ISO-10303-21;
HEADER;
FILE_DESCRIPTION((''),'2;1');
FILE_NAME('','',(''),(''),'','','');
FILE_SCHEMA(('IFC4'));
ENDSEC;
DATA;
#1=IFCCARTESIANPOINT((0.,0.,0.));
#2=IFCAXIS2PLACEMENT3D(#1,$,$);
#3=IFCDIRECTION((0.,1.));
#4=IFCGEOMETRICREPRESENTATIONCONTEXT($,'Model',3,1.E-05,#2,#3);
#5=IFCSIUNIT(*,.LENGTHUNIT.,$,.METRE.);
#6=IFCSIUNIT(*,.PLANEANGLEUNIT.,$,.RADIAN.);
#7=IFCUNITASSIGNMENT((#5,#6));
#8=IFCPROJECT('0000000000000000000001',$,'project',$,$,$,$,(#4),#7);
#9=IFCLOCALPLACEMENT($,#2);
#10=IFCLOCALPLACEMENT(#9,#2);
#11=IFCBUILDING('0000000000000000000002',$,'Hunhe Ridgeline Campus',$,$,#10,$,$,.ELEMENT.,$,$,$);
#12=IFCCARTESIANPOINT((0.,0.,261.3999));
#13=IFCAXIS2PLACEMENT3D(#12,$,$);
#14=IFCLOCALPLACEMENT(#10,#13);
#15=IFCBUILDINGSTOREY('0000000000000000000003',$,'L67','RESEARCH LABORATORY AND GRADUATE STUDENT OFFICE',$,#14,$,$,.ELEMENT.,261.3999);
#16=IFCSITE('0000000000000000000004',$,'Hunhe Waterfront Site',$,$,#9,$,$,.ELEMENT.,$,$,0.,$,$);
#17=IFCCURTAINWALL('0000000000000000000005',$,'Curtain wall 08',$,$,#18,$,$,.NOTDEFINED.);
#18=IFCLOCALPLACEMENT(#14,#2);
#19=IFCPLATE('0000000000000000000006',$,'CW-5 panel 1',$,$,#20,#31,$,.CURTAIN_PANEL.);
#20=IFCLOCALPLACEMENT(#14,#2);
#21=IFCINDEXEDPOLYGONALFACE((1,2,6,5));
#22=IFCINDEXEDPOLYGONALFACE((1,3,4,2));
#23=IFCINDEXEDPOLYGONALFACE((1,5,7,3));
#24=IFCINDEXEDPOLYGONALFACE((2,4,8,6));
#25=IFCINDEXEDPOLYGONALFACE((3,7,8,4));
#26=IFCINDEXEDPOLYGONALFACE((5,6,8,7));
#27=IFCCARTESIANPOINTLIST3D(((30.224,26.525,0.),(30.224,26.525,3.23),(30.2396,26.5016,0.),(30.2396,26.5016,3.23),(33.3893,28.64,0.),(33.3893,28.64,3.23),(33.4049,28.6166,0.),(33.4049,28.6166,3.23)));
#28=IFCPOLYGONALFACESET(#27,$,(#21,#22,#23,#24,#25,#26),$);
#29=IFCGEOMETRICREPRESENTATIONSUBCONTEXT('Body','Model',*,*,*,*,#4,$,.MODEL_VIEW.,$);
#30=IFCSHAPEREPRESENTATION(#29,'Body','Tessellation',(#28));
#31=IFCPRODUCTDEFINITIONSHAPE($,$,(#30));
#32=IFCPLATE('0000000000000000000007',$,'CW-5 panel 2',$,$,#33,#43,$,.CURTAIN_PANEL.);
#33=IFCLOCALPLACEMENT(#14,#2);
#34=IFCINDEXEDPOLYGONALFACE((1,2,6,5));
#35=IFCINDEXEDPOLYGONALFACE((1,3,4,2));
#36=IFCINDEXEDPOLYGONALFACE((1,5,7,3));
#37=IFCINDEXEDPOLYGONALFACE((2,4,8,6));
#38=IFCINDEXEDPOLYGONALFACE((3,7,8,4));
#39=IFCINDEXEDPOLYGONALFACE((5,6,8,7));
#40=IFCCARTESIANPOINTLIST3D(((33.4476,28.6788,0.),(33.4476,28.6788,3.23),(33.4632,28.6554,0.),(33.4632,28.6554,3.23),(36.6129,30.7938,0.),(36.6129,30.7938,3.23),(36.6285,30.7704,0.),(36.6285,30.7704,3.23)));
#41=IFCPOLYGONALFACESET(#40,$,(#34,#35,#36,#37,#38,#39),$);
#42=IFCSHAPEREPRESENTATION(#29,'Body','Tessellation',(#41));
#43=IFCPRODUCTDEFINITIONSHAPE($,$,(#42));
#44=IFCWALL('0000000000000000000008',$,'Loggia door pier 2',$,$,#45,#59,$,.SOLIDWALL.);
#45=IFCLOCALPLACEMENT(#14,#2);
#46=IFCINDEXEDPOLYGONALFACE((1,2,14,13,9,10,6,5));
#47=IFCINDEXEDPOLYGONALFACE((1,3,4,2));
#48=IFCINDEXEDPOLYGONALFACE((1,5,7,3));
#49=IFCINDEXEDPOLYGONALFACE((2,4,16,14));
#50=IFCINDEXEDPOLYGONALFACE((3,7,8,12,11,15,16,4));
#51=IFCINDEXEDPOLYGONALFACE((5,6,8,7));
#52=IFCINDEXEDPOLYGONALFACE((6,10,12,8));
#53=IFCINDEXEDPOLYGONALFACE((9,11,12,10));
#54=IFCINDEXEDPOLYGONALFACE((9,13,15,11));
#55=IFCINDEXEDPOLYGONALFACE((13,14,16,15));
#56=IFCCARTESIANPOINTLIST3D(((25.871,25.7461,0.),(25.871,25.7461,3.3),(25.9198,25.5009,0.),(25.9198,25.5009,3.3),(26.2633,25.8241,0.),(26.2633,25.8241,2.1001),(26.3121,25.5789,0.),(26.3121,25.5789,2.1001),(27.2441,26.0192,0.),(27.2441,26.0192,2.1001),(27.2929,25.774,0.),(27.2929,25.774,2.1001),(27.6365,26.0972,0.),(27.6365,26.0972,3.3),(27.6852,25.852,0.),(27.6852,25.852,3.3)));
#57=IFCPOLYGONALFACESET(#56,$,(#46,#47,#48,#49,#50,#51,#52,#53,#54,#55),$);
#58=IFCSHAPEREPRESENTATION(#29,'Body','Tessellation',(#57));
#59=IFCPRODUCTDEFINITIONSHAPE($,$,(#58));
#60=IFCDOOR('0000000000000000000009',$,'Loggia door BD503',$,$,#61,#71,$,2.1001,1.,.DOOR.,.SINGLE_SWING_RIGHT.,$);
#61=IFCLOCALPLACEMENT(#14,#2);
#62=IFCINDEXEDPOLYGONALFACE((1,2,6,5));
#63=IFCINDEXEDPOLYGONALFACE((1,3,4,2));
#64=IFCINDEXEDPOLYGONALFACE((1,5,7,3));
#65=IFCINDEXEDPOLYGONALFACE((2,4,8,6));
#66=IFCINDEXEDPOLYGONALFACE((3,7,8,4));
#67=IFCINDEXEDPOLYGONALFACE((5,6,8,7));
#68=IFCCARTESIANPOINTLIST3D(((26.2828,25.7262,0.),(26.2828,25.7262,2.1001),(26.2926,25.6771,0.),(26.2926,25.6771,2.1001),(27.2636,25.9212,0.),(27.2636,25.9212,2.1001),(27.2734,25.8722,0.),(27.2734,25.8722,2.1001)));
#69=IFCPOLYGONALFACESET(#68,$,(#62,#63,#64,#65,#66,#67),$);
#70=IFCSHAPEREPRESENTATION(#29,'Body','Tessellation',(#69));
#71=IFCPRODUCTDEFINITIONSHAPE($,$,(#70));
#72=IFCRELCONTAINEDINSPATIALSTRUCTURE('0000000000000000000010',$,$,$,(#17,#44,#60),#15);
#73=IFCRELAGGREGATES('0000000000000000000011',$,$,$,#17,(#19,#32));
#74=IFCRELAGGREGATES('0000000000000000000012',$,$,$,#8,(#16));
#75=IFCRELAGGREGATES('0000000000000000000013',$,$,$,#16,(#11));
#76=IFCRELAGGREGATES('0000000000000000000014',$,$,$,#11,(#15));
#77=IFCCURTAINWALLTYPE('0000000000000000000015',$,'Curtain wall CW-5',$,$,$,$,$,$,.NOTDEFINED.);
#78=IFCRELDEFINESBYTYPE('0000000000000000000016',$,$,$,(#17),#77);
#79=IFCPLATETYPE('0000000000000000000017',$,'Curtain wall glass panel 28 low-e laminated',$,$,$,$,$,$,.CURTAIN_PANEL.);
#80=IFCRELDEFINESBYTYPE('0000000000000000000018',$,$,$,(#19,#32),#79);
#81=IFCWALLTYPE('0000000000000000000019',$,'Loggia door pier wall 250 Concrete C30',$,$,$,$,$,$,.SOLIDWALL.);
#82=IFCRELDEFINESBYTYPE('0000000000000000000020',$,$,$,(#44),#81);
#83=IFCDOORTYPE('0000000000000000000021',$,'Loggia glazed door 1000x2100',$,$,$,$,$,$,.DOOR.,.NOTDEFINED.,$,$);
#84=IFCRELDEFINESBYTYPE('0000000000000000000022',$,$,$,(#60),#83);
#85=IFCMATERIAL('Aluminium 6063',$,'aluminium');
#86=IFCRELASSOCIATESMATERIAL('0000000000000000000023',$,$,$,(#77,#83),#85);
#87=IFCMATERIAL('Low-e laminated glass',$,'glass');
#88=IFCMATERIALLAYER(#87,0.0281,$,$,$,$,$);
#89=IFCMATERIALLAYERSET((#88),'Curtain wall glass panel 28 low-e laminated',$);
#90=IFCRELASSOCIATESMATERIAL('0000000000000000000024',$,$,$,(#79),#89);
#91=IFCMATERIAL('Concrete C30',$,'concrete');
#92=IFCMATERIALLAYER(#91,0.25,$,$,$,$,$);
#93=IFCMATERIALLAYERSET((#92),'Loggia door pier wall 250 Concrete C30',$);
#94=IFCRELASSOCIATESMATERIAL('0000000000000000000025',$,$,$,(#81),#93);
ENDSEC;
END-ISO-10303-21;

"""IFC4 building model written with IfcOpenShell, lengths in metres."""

from ifc_helpers import new_model, si_unit, direction, frame, frame_2d, origin, origin_2d, place, context, subcontext, project, spatial, rectangle, extrude, material, layer, layer_set, type_object, element, fill, aggregate, save


model = new_model("IFC4")

# Units and contexts
model_context = context("Model", 3, precision=1e-05, world=origin(), true_north=direction((0.0, 1.0)))
body_context = subcontext(model_context, "Body", "Model", "MODEL_VIEW")
ifc_project = project(units=[si_unit("LENGTHUNIT", "METRE"), si_unit("PLANEANGLEUNIT", "RADIAN")], contexts=[model_context])

# Site, building, storey
site_placement = place(None, origin())
site = spatial("IfcSite", under=ifc_project, at=site_placement, Name="Hunhe Waterfront Site", CompositionType="ELEMENT", RefElevation=0.0)
building_placement = place(site_placement, origin())
building = spatial("IfcBuilding", under=site, at=building_placement, Name="Hunhe Ridgeline Campus", CompositionType="ELEMENT")
storey_placement = place(building_placement, frame((0.0, 0.0, 261.3999)))
storey = spatial("IfcBuildingStorey", under=building, at=storey_placement, Name="L67", Description="RESEARCH LABORATORY AND GRADUATE STUDENT OFFICE", CompositionType="ELEMENT", Elevation=261.3999)

# Curtain wall
ifc_material_1 = material(Name="Aluminium 6063", Category="aluminium")
curtain_wall_type = type_object("IfcCurtainWallType", Name="Curtain wall CW-5", PredefinedType="NOTDEFINED", material=ifc_material_1)
curtain_wall_1_placement = place(storey_placement, origin())
curtain_wall_1 = element("IfcCurtainWall", 1, at=curtain_wall_1_placement, inside=storey, type_object=curtain_wall_type, Name="Curtain wall 08", PredefinedType="NOTDEFINED")

# Plates
ifc_material_2 = material(Name="Low-e laminated glass", Category="glass")
ifc_layer_1 = layer(ifc_material_2, 0.0281)
ifc_layer_set_1 = layer_set([ifc_layer_1], Name="Curtain wall glass panel 28 low-e laminated")
plate_type = type_object("IfcPlateType", Name="Curtain wall glass panel 28 low-e laminated", PredefinedType="CURTAIN_PANEL", material=ifc_layer_set_1)
plate_1_placement = place(storey_placement, frame((31.8145, 27.5708, 0.0), z_axis=(0.0, 0.0, 1.0), x_axis=(0.83147, 0.55557, 0.0)))
plate_1 = element("IfcPlate", 2, at=plate_1_placement, type_object=plate_type, Name="CW-5 panel 1", PredefinedType="CURTAIN_PANEL", context=body_context, shape_type="SweptSolid", body=[
    extrude(rectangle(XDim=3.8069, YDim=0.0281, at=origin_2d()), origin(), (0.0, 0.0, 1.0), 3.23),
])
plate_2_placement = place(storey_placement, frame((35.0381, 29.7246, 0.0), z_axis=(0.0, 0.0, 1.0), x_axis=(0.83147, 0.55557, 0.0)))
plate_2 = element("IfcPlate", 3, at=plate_2_placement, type_object=plate_type, Name="CW-5 panel 2", PredefinedType="CURTAIN_PANEL", context=body_context, shape_type="SweptSolid", body=[
    extrude(rectangle(XDim=3.8069, YDim=0.0281, at=origin_2d()), origin(), (0.0, 0.0, 1.0), 3.23),
])
aggregate(curtain_wall_1, [plate_1, plate_2])

# Wall, opening, door
ifc_material_3 = material(Name="Concrete C30", Category="concrete")
ifc_layer_2 = layer(ifc_material_3, 0.25)
ifc_layer_set_2 = layer_set([ifc_layer_2], Name="Loggia door pier wall 250 Concrete C30")
wall_type_1 = type_object("IfcWallType", Name="Loggia door pier wall 250 Concrete C30", PredefinedType="SOLIDWALL", material=ifc_layer_set_2)
wall_1_placement = place(storey_placement, frame((25.8955, 25.6235, 0.0), z_axis=(0.0, 0.0, 1.0), x_axis=(0.980794, 0.195047, 0.0)))
wall_1 = element("IfcWall", 4, at=wall_1_placement, inside=storey, type_object=wall_type_1, Name="Loggia door pier 2", PredefinedType="SOLIDWALL", context=body_context, shape_type="SweptSolid", body=[
    extrude(rectangle(XDim=1.8, YDim=0.25, at=frame_2d((0.8999, 0.0))), origin(), (0.0, 0.0, 1.0), 3.3),
])
opening_1_placement = place(wall_1_placement, frame((0.3999, 0.0, 0.0)))
opening_1 = element("IfcOpeningElement", 5, at=opening_1_placement, cuts=wall_1, PredefinedType="OPENING", context=body_context, shape_type="SweptSolid", body=[
    extrude(rectangle(XDim=1.0, YDim=2.1001, at=frame_2d((0.5, 1.05))), frame((0.0, 0.125, 0.0), z_axis=(0.0, -1.0, 0.0), x_axis=(1.0, 0.0, 0.0)), (0.0, 0.0, 1.0), 0.25),
])
door_type_1 = type_object("IfcDoorType", Name="Loggia glazed door 1000x2100", OperationType="NOTDEFINED", PredefinedType="DOOR", material=ifc_material_1)
door_1_placement = place(opening_1_placement, frame((1.0, 0.0, 0.0), z_axis=(0.0, 0.0, 1.0), x_axis=(-1.0, 0.0, 0.0)))
door_1 = element("IfcDoor", 6, at=door_1_placement, inside=storey, type_object=door_type_1, Name="Loggia door BD503", OperationType="SINGLE_SWING_RIGHT", OverallHeight=2.1001, OverallWidth=1.0, PredefinedType="DOOR", context=body_context, shape_type="SweptSolid", body=[
    extrude(rectangle(XDim=1.0, YDim=2.1001, at=frame_2d((0.5, 1.05))), frame((0.0, 0.0249, 0.0), z_axis=(0.0, -1.0, 0.0), x_axis=(1.0, 0.0, 0.0)), (0.0, 0.0, 1.0), 0.05),
])
fill(opening_1, door_1)

save(model, "model.ifc")
